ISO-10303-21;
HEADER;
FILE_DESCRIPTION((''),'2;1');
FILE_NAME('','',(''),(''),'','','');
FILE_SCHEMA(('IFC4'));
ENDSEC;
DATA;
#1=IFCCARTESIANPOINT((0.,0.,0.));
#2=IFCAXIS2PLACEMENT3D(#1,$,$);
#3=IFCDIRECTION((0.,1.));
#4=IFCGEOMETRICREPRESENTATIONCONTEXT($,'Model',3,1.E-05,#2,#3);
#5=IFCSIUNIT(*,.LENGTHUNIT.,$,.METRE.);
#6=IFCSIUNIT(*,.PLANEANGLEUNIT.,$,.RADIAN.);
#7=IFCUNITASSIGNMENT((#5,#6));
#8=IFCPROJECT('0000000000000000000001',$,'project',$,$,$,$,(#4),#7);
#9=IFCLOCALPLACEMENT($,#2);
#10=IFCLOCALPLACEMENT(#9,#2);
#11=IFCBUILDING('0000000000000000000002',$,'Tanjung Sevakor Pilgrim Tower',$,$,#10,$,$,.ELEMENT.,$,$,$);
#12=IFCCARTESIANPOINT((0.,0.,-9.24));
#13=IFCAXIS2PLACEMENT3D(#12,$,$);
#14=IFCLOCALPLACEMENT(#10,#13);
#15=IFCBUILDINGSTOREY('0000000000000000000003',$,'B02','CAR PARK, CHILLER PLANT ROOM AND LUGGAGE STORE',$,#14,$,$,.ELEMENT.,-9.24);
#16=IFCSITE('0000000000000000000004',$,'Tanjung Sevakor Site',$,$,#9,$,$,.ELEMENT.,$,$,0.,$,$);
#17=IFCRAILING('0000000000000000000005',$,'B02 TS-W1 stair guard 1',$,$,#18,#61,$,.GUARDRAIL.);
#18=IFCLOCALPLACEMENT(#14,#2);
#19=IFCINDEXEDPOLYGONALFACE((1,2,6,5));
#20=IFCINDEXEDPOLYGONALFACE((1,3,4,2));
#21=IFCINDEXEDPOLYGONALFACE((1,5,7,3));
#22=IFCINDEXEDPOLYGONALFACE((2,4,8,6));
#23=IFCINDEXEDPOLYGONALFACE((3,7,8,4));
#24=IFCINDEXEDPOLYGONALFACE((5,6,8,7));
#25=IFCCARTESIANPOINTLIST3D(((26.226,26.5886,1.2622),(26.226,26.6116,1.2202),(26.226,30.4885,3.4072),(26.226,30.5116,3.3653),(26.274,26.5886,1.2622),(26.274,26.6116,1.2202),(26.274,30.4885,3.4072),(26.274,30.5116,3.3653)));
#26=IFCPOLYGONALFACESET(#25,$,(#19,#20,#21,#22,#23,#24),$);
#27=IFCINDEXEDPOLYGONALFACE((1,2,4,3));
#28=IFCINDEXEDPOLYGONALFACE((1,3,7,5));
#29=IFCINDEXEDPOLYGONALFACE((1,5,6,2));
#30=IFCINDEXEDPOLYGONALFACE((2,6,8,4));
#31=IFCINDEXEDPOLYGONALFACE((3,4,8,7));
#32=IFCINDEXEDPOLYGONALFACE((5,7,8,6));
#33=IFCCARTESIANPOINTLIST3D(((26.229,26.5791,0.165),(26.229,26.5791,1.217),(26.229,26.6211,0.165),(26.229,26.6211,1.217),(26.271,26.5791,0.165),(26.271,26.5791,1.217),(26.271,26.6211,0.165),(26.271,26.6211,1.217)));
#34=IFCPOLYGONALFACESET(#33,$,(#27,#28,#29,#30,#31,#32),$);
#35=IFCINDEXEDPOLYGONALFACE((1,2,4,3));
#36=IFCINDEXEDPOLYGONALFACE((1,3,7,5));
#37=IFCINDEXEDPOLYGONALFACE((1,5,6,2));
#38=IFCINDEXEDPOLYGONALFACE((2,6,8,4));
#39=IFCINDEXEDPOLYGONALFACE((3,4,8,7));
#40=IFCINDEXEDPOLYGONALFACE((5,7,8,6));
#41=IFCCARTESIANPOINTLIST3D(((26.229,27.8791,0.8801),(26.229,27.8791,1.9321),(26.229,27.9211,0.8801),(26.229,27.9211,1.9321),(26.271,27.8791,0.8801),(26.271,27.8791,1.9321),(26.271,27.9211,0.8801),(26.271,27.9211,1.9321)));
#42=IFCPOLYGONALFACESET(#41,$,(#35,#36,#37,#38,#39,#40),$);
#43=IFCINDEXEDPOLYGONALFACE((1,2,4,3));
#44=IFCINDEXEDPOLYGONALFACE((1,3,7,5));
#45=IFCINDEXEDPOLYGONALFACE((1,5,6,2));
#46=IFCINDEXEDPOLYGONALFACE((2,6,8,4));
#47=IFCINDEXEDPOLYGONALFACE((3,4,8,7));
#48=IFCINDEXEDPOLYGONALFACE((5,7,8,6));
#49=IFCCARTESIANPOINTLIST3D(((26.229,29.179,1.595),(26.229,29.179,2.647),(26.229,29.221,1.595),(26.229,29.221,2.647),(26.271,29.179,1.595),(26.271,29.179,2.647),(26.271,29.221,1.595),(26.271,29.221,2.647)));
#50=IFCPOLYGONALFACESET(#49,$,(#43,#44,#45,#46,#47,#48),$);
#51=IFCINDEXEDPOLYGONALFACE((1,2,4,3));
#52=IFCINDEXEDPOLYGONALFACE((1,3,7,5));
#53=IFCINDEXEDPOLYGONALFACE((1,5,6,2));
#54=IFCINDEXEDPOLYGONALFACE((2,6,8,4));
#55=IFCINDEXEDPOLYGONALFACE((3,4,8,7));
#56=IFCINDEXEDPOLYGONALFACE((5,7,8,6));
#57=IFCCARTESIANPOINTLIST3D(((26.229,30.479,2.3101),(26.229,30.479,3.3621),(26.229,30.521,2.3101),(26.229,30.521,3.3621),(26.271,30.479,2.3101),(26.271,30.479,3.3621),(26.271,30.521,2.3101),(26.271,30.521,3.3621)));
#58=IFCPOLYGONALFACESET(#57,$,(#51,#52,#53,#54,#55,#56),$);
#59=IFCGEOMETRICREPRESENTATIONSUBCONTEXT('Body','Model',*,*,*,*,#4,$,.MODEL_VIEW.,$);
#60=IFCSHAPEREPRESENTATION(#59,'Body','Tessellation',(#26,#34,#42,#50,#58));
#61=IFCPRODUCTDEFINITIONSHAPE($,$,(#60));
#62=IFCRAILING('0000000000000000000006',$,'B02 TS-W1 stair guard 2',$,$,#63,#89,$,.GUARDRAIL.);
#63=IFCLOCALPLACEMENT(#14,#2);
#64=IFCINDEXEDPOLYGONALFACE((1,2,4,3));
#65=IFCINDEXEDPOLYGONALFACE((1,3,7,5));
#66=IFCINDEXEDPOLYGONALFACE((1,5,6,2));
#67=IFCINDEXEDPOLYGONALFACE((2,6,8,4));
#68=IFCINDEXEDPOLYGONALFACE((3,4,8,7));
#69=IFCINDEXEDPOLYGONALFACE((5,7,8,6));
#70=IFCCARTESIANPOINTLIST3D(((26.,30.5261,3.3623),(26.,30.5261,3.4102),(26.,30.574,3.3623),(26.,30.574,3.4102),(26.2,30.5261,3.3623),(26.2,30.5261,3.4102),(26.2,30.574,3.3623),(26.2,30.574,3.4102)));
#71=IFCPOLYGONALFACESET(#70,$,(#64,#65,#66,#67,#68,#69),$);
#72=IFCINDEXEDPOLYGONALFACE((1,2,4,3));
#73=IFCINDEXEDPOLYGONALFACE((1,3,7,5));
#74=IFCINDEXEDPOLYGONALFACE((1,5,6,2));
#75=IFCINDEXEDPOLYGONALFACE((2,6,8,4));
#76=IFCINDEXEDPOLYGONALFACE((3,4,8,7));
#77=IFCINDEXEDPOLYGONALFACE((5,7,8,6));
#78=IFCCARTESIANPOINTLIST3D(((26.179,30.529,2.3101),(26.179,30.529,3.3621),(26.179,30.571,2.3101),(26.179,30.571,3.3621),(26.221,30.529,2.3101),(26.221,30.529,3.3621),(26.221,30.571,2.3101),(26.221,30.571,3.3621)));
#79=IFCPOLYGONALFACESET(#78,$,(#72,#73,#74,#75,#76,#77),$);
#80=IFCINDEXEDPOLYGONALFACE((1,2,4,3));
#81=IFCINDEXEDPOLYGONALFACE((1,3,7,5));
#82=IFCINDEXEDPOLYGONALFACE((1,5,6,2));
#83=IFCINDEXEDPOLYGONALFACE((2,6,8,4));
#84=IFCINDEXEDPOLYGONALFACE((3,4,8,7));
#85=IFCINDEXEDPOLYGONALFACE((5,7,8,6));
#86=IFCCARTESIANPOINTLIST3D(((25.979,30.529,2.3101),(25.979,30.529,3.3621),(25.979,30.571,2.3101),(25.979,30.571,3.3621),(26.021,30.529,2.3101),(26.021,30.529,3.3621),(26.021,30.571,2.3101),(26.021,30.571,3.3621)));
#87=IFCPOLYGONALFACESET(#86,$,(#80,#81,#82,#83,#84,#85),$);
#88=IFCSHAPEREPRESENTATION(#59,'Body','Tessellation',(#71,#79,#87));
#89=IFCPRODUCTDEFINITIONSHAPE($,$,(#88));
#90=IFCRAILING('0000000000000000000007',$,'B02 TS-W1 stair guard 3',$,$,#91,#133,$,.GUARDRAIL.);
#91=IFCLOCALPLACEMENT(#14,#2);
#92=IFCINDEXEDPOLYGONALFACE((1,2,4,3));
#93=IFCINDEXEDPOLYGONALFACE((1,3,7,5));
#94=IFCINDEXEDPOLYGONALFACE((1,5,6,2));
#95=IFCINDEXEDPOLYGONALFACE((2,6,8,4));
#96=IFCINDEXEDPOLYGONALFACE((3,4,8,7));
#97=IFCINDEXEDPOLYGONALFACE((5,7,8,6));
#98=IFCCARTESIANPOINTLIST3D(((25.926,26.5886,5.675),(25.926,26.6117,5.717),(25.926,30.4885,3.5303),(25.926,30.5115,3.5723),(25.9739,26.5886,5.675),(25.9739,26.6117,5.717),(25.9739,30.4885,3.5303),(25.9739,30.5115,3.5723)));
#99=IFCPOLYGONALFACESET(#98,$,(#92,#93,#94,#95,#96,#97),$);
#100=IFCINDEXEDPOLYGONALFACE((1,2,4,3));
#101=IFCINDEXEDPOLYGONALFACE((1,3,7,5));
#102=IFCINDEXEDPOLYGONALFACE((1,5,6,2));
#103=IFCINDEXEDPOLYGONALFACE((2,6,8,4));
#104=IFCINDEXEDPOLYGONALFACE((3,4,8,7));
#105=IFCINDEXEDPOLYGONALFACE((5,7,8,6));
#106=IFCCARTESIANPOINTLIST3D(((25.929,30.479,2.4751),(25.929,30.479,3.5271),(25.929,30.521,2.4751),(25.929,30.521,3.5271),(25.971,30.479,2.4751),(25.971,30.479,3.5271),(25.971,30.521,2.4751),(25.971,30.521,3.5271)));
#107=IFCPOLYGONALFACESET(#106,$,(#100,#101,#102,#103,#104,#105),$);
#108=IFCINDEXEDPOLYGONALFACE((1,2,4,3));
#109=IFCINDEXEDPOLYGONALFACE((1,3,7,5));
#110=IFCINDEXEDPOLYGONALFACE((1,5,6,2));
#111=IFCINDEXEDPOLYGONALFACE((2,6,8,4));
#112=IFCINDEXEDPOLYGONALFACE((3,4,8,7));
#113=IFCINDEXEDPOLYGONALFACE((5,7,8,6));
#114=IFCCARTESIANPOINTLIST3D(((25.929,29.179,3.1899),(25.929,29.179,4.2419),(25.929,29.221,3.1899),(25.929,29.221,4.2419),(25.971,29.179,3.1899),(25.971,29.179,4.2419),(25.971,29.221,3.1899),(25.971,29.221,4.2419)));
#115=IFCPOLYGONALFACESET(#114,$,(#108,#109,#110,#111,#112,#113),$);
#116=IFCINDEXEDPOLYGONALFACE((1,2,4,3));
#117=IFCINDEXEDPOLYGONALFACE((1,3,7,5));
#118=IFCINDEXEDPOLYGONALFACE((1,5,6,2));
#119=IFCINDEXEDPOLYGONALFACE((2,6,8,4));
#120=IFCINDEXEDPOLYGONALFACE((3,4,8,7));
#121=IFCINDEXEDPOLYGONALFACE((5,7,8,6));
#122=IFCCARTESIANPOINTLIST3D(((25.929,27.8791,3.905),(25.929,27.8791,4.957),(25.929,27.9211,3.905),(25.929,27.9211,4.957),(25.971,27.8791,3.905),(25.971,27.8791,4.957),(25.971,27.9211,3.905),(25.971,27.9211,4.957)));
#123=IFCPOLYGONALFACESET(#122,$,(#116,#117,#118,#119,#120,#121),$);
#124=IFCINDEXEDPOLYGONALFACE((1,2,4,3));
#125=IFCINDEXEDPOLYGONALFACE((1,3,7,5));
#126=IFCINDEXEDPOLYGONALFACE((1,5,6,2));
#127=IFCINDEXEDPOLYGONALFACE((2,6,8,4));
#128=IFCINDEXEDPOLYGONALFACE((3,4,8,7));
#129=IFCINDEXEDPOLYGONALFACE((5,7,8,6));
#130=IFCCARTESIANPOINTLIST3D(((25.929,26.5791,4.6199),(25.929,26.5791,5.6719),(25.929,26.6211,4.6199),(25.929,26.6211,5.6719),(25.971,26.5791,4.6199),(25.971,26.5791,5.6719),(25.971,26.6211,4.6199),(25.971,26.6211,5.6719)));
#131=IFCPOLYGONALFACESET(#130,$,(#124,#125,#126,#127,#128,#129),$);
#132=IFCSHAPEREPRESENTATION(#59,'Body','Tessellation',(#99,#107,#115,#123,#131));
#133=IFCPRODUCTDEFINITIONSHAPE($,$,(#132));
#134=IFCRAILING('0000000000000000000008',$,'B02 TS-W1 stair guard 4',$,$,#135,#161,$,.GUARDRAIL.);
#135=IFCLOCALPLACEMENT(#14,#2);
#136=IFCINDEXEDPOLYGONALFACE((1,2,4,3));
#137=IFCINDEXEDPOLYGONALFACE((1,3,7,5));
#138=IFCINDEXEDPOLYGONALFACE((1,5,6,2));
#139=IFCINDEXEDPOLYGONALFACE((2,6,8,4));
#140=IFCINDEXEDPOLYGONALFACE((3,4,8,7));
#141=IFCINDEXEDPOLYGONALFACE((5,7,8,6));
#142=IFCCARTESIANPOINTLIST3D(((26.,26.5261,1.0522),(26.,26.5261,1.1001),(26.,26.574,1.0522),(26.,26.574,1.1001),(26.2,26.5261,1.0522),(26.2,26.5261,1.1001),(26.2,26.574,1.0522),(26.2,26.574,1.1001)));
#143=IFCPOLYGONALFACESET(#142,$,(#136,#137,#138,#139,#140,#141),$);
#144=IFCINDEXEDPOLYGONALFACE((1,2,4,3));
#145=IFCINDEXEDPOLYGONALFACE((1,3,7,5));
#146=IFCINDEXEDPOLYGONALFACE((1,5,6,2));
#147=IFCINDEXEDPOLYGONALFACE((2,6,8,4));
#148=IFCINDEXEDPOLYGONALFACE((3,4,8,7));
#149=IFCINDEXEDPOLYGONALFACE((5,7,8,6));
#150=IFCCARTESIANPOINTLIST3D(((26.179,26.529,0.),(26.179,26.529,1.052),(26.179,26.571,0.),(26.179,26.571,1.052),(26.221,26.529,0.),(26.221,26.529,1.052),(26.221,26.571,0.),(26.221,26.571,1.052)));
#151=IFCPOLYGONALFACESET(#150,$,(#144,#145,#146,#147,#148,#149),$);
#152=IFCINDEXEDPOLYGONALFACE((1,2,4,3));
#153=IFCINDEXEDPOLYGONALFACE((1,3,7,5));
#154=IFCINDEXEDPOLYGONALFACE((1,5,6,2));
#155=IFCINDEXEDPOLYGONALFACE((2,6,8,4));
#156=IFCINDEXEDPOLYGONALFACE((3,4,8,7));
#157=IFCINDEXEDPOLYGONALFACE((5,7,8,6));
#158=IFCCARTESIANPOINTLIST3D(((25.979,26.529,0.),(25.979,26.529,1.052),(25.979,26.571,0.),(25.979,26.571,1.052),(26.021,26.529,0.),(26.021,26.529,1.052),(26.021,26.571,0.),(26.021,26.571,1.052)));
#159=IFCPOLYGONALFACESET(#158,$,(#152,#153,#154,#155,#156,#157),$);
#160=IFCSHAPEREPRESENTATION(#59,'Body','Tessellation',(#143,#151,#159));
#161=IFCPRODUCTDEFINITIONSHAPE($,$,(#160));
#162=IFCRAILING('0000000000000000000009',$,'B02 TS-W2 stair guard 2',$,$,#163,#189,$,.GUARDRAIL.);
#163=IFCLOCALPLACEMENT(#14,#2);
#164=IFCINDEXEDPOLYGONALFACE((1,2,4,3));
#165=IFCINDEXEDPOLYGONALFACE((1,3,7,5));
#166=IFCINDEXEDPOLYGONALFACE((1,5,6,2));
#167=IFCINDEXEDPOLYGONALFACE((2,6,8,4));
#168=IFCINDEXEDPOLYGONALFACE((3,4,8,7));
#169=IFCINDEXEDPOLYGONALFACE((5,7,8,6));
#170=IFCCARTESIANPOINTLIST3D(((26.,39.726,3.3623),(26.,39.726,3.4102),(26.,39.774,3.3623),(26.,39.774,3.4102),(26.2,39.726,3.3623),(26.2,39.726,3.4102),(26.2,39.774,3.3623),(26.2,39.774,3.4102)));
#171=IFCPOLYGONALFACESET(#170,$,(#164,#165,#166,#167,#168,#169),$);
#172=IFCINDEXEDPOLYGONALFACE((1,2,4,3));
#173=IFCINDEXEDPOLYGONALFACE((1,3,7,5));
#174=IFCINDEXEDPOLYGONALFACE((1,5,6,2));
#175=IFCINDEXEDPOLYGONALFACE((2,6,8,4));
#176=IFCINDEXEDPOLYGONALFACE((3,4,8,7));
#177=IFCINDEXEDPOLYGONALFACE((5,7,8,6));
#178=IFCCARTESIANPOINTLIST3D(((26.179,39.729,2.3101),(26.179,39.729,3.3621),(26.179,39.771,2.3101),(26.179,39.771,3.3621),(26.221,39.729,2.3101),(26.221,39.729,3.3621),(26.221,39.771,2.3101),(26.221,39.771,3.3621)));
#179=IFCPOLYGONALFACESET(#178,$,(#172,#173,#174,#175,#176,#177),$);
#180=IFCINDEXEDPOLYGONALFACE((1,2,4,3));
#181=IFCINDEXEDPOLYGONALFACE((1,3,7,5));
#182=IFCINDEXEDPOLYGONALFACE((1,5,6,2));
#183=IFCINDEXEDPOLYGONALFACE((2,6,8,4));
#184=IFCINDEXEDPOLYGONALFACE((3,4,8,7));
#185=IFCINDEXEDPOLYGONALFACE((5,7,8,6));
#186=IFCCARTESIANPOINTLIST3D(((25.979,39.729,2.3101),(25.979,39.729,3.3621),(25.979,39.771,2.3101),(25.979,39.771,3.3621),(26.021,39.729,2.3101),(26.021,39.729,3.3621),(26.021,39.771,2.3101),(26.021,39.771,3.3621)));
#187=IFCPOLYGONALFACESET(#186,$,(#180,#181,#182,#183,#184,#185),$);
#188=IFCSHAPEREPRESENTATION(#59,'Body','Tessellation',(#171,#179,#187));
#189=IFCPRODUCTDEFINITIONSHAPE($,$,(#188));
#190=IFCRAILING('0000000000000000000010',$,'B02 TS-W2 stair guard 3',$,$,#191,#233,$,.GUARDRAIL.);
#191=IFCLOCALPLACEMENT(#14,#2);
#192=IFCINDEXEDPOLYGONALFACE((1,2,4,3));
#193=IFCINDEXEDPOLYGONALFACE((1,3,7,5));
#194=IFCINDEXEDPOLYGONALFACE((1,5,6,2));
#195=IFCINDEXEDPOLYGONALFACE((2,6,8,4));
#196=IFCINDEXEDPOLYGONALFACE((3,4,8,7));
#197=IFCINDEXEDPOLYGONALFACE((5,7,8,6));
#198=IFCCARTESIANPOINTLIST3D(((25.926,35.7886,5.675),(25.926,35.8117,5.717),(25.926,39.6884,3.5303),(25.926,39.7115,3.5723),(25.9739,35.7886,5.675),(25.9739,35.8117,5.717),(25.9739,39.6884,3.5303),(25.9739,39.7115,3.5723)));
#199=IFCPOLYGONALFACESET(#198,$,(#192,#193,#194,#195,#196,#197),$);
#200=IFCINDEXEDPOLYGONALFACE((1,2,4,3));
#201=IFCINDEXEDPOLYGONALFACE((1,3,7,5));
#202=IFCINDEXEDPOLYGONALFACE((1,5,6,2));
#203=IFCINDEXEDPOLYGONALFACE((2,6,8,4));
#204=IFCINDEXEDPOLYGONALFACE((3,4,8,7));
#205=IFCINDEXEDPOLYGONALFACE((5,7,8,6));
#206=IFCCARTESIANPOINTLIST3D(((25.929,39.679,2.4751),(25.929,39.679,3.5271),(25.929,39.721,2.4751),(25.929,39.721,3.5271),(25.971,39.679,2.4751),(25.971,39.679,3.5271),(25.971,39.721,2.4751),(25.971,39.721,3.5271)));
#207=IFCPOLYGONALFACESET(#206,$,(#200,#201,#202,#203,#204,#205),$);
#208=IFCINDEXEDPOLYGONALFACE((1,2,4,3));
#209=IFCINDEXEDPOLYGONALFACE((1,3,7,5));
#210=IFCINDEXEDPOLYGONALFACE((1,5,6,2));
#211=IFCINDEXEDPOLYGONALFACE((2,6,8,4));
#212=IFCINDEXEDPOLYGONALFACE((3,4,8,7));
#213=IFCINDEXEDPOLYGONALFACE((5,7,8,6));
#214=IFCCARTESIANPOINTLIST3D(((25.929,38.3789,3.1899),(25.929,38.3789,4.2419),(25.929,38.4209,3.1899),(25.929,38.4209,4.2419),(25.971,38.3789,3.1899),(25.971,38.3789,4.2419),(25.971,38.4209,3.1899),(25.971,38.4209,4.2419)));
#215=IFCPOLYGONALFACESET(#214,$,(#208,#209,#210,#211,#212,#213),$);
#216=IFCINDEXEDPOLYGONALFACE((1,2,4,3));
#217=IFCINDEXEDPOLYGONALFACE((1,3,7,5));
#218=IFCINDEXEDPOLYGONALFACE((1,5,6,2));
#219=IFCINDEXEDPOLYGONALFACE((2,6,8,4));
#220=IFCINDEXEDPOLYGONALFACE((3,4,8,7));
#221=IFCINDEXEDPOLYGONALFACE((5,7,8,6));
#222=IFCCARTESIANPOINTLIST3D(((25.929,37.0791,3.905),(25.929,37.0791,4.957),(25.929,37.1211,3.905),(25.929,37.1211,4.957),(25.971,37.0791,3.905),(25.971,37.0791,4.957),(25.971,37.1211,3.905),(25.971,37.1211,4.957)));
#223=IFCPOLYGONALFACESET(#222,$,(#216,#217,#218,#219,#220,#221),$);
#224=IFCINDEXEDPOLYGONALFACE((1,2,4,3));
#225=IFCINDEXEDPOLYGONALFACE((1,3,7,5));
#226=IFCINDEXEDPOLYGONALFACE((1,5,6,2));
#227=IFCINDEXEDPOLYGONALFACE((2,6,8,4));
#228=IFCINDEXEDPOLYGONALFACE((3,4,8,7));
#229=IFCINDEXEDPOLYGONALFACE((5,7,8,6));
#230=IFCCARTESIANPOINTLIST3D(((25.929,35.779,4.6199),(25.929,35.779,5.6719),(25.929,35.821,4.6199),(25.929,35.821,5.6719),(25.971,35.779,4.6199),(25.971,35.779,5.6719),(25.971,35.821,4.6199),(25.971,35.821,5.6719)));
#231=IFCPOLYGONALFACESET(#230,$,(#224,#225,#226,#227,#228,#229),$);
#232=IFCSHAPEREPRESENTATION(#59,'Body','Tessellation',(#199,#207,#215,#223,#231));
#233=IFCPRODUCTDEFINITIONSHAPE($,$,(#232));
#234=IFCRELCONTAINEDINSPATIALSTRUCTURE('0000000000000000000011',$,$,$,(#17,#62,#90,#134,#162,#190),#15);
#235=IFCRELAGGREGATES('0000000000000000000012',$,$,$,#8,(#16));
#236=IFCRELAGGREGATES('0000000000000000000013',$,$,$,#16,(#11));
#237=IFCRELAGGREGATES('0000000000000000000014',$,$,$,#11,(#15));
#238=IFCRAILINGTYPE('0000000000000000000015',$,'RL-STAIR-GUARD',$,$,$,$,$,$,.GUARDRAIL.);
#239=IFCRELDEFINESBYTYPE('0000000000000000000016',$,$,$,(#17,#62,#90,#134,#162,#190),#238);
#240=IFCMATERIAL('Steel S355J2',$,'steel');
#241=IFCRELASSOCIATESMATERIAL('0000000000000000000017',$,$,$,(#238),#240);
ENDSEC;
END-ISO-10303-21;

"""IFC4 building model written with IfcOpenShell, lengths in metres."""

from ifc_helpers import new_model, si_unit, direction, frame, origin, place, context, subcontext, project, spatial, rectangle, extrude, material, type_object, element, save


model = new_model("IFC4")

# Units and contexts
model_context = context("Model", 3, precision=1e-05, world=origin(), true_north=direction((0.0, 1.0)))
body_context = subcontext(model_context, "Body", "Model", "MODEL_VIEW")
ifc_project = project(units=[si_unit("LENGTHUNIT", "METRE"), si_unit("PLANEANGLEUNIT", "RADIAN")], contexts=[model_context])

# Site, building, storey
site_placement = place(None, origin())
site = spatial("IfcSite", under=ifc_project, at=site_placement, Name="Tanjung Sevakor Site", CompositionType="ELEMENT", RefElevation=0.0)
building_placement = place(site_placement, origin())
building = spatial("IfcBuilding", under=site, at=building_placement, Name="Tanjung Sevakor Pilgrim Tower", CompositionType="ELEMENT")
storey_placement = place(building_placement, frame((0.0, 0.0, -9.24)))
storey = spatial("IfcBuildingStorey", under=building, at=storey_placement, Name="B02", Description="CAR PARK, CHILLER PLANT ROOM AND LUGGAGE STORE", CompositionType="ELEMENT", Elevation=-9.24)

# Railings
ifc_material_1 = material(Name="Steel S355J2", Category="steel")
railing_type_1 = type_object("IfcRailingType", Name="RL-STAIR-GUARD", PredefinedType="GUARDRAIL", material=ifc_material_1)
railing_1_placement = place(storey_placement, frame((26.25, 26.6001, 0.165)))
element("IfcRailing", 1, at=railing_1_placement, inside=storey, type_object=railing_type_1, Name="B02 TS-W1 stair guard 1", PredefinedType="GUARDRAIL", context=body_context, shape_type="SweptSolid", body=[
    extrude(rectangle(XDim=0.0479, YDim=0.0479), frame((0.0, 0.0, 1.0762), z_axis=(0.0, 0.876209, 0.481931), x_axis=(-1.0, 0.0, 0.0)), (0.0, 0.0, 1.0), 4.4509),
    extrude(rectangle(XDim=0.042, YDim=0.042), origin(), (0.0, 0.0, 1.0), 1.052),
    extrude(rectangle(XDim=0.042, YDim=0.042), frame((0.0, 1.3, 0.7151)), (0.0, 0.0, 1.0), 1.052),
    extrude(rectangle(XDim=0.042, YDim=0.042), frame((0.0, 2.5999, 1.4299)), (0.0, 0.0, 1.0), 1.052),
    extrude(rectangle(XDim=0.042, YDim=0.042), frame((0.0, 3.8999, 2.145)), (0.0, 0.0, 1.0), 1.052),
])
railing_2_placement = place(storey_placement, frame((26.2, 30.55, 2.3101)))
element("IfcRailing", 2, at=railing_2_placement, inside=storey, type_object=railing_type_1, Name="B02 TS-W1 stair guard 2", PredefinedType="GUARDRAIL", context=body_context, shape_type="SweptSolid", body=[
    extrude(rectangle(XDim=0.0479, YDim=0.0479), frame((0.0, 0.0, 1.0762), z_axis=(-1.0, 0.0, 0.0), x_axis=(0.0, -1.0, 0.0)), (0.0, 0.0, 1.0), 0.2),
    extrude(rectangle(XDim=0.042, YDim=0.042), origin(), (0.0, 0.0, 1.0), 1.052),
    extrude(rectangle(XDim=0.042, YDim=0.042), frame((-0.2, 0.0, 0.0)), (0.0, 0.0, 1.0), 1.052),
])
railing_3_placement = place(storey_placement, frame((25.95, 30.5, 2.4751)))
element("IfcRailing", 3, at=railing_3_placement, inside=storey, type_object=railing_type_1, Name="B02 TS-W1 stair guard 3", PredefinedType="GUARDRAIL", context=body_context, shape_type="SweptSolid", body=[
    extrude(rectangle(XDim=0.0479, YDim=0.0479), frame((0.0, 0.0, 1.0762), z_axis=(0.0, -0.876232, 0.481889), x_axis=(1.0, 0.0, 0.0)), (0.0, 0.0, 1.0), 4.4507),
    extrude(rectangle(XDim=0.042, YDim=0.042), origin(), (0.0, 0.0, 1.0), 1.052),
    extrude(rectangle(XDim=0.042, YDim=0.042), frame((0.0, -1.3, 0.7148)), (0.0, 0.0, 1.0), 1.052),
    extrude(rectangle(XDim=0.042, YDim=0.042), frame((0.0, -2.5999, 1.4299)), (0.0, 0.0, 1.0), 1.052),
    extrude(rectangle(XDim=0.042, YDim=0.042), frame((0.0, -3.8999, 2.1448)), (0.0, 0.0, 1.0), 1.052),
])
for number, where, name in (
    (4, (26.2, 26.55, 0.0), "B02 TS-W1 stair guard 4"),
    (5, (26.2, 39.75, 2.3101), "B02 TS-W2 stair guard 2"),
):
    element("IfcRailing", number, at=place(storey_placement, frame(where)), inside=storey, type_object=railing_type_1, Name=name, PredefinedType="GUARDRAIL", context=body_context, shape_type="SweptSolid", body=[
        extrude(rectangle(XDim=0.0479, YDim=0.0479), frame((0.0, 0.0, 1.0762), z_axis=(-1.0, 0.0, 0.0), x_axis=(0.0, -1.0, 0.0)), (0.0, 0.0, 1.0), 0.2),
        extrude(rectangle(XDim=0.042, YDim=0.042), origin(), (0.0, 0.0, 1.0), 1.052),
        extrude(rectangle(XDim=0.042, YDim=0.042), frame((-0.2, 0.0, 0.0)), (0.0, 0.0, 1.0), 1.052),
    ])
railing_4_placement = place(storey_placement, frame((25.95, 39.7, 2.4751)))
element("IfcRailing", 6, at=railing_4_placement, inside=storey, type_object=railing_type_1, Name="B02 TS-W2 stair guard 3", PredefinedType="GUARDRAIL", context=body_context, shape_type="SweptSolid", body=[
    extrude(rectangle(XDim=0.0479, YDim=0.0479), frame((0.0, 0.0, 1.0762), z_axis=(0.0, -0.876232, 0.481889), x_axis=(1.0, 0.0, 0.0)), (0.0, 0.0, 1.0), 4.4507),
    extrude(rectangle(XDim=0.042, YDim=0.042), origin(), (0.0, 0.0, 1.0), 1.052),
    extrude(rectangle(XDim=0.042, YDim=0.042), frame((0.0, -1.3, 0.7148)), (0.0, 0.0, 1.0), 1.052),
    extrude(rectangle(XDim=0.042, YDim=0.042), frame((0.0, -2.5999, 1.4299)), (0.0, 0.0, 1.0), 1.052),
    extrude(rectangle(XDim=0.042, YDim=0.042), frame((0.0, -3.8999, 2.1448)), (0.0, 0.0, 1.0), 1.052),
])

save(model, "model.ifc")
